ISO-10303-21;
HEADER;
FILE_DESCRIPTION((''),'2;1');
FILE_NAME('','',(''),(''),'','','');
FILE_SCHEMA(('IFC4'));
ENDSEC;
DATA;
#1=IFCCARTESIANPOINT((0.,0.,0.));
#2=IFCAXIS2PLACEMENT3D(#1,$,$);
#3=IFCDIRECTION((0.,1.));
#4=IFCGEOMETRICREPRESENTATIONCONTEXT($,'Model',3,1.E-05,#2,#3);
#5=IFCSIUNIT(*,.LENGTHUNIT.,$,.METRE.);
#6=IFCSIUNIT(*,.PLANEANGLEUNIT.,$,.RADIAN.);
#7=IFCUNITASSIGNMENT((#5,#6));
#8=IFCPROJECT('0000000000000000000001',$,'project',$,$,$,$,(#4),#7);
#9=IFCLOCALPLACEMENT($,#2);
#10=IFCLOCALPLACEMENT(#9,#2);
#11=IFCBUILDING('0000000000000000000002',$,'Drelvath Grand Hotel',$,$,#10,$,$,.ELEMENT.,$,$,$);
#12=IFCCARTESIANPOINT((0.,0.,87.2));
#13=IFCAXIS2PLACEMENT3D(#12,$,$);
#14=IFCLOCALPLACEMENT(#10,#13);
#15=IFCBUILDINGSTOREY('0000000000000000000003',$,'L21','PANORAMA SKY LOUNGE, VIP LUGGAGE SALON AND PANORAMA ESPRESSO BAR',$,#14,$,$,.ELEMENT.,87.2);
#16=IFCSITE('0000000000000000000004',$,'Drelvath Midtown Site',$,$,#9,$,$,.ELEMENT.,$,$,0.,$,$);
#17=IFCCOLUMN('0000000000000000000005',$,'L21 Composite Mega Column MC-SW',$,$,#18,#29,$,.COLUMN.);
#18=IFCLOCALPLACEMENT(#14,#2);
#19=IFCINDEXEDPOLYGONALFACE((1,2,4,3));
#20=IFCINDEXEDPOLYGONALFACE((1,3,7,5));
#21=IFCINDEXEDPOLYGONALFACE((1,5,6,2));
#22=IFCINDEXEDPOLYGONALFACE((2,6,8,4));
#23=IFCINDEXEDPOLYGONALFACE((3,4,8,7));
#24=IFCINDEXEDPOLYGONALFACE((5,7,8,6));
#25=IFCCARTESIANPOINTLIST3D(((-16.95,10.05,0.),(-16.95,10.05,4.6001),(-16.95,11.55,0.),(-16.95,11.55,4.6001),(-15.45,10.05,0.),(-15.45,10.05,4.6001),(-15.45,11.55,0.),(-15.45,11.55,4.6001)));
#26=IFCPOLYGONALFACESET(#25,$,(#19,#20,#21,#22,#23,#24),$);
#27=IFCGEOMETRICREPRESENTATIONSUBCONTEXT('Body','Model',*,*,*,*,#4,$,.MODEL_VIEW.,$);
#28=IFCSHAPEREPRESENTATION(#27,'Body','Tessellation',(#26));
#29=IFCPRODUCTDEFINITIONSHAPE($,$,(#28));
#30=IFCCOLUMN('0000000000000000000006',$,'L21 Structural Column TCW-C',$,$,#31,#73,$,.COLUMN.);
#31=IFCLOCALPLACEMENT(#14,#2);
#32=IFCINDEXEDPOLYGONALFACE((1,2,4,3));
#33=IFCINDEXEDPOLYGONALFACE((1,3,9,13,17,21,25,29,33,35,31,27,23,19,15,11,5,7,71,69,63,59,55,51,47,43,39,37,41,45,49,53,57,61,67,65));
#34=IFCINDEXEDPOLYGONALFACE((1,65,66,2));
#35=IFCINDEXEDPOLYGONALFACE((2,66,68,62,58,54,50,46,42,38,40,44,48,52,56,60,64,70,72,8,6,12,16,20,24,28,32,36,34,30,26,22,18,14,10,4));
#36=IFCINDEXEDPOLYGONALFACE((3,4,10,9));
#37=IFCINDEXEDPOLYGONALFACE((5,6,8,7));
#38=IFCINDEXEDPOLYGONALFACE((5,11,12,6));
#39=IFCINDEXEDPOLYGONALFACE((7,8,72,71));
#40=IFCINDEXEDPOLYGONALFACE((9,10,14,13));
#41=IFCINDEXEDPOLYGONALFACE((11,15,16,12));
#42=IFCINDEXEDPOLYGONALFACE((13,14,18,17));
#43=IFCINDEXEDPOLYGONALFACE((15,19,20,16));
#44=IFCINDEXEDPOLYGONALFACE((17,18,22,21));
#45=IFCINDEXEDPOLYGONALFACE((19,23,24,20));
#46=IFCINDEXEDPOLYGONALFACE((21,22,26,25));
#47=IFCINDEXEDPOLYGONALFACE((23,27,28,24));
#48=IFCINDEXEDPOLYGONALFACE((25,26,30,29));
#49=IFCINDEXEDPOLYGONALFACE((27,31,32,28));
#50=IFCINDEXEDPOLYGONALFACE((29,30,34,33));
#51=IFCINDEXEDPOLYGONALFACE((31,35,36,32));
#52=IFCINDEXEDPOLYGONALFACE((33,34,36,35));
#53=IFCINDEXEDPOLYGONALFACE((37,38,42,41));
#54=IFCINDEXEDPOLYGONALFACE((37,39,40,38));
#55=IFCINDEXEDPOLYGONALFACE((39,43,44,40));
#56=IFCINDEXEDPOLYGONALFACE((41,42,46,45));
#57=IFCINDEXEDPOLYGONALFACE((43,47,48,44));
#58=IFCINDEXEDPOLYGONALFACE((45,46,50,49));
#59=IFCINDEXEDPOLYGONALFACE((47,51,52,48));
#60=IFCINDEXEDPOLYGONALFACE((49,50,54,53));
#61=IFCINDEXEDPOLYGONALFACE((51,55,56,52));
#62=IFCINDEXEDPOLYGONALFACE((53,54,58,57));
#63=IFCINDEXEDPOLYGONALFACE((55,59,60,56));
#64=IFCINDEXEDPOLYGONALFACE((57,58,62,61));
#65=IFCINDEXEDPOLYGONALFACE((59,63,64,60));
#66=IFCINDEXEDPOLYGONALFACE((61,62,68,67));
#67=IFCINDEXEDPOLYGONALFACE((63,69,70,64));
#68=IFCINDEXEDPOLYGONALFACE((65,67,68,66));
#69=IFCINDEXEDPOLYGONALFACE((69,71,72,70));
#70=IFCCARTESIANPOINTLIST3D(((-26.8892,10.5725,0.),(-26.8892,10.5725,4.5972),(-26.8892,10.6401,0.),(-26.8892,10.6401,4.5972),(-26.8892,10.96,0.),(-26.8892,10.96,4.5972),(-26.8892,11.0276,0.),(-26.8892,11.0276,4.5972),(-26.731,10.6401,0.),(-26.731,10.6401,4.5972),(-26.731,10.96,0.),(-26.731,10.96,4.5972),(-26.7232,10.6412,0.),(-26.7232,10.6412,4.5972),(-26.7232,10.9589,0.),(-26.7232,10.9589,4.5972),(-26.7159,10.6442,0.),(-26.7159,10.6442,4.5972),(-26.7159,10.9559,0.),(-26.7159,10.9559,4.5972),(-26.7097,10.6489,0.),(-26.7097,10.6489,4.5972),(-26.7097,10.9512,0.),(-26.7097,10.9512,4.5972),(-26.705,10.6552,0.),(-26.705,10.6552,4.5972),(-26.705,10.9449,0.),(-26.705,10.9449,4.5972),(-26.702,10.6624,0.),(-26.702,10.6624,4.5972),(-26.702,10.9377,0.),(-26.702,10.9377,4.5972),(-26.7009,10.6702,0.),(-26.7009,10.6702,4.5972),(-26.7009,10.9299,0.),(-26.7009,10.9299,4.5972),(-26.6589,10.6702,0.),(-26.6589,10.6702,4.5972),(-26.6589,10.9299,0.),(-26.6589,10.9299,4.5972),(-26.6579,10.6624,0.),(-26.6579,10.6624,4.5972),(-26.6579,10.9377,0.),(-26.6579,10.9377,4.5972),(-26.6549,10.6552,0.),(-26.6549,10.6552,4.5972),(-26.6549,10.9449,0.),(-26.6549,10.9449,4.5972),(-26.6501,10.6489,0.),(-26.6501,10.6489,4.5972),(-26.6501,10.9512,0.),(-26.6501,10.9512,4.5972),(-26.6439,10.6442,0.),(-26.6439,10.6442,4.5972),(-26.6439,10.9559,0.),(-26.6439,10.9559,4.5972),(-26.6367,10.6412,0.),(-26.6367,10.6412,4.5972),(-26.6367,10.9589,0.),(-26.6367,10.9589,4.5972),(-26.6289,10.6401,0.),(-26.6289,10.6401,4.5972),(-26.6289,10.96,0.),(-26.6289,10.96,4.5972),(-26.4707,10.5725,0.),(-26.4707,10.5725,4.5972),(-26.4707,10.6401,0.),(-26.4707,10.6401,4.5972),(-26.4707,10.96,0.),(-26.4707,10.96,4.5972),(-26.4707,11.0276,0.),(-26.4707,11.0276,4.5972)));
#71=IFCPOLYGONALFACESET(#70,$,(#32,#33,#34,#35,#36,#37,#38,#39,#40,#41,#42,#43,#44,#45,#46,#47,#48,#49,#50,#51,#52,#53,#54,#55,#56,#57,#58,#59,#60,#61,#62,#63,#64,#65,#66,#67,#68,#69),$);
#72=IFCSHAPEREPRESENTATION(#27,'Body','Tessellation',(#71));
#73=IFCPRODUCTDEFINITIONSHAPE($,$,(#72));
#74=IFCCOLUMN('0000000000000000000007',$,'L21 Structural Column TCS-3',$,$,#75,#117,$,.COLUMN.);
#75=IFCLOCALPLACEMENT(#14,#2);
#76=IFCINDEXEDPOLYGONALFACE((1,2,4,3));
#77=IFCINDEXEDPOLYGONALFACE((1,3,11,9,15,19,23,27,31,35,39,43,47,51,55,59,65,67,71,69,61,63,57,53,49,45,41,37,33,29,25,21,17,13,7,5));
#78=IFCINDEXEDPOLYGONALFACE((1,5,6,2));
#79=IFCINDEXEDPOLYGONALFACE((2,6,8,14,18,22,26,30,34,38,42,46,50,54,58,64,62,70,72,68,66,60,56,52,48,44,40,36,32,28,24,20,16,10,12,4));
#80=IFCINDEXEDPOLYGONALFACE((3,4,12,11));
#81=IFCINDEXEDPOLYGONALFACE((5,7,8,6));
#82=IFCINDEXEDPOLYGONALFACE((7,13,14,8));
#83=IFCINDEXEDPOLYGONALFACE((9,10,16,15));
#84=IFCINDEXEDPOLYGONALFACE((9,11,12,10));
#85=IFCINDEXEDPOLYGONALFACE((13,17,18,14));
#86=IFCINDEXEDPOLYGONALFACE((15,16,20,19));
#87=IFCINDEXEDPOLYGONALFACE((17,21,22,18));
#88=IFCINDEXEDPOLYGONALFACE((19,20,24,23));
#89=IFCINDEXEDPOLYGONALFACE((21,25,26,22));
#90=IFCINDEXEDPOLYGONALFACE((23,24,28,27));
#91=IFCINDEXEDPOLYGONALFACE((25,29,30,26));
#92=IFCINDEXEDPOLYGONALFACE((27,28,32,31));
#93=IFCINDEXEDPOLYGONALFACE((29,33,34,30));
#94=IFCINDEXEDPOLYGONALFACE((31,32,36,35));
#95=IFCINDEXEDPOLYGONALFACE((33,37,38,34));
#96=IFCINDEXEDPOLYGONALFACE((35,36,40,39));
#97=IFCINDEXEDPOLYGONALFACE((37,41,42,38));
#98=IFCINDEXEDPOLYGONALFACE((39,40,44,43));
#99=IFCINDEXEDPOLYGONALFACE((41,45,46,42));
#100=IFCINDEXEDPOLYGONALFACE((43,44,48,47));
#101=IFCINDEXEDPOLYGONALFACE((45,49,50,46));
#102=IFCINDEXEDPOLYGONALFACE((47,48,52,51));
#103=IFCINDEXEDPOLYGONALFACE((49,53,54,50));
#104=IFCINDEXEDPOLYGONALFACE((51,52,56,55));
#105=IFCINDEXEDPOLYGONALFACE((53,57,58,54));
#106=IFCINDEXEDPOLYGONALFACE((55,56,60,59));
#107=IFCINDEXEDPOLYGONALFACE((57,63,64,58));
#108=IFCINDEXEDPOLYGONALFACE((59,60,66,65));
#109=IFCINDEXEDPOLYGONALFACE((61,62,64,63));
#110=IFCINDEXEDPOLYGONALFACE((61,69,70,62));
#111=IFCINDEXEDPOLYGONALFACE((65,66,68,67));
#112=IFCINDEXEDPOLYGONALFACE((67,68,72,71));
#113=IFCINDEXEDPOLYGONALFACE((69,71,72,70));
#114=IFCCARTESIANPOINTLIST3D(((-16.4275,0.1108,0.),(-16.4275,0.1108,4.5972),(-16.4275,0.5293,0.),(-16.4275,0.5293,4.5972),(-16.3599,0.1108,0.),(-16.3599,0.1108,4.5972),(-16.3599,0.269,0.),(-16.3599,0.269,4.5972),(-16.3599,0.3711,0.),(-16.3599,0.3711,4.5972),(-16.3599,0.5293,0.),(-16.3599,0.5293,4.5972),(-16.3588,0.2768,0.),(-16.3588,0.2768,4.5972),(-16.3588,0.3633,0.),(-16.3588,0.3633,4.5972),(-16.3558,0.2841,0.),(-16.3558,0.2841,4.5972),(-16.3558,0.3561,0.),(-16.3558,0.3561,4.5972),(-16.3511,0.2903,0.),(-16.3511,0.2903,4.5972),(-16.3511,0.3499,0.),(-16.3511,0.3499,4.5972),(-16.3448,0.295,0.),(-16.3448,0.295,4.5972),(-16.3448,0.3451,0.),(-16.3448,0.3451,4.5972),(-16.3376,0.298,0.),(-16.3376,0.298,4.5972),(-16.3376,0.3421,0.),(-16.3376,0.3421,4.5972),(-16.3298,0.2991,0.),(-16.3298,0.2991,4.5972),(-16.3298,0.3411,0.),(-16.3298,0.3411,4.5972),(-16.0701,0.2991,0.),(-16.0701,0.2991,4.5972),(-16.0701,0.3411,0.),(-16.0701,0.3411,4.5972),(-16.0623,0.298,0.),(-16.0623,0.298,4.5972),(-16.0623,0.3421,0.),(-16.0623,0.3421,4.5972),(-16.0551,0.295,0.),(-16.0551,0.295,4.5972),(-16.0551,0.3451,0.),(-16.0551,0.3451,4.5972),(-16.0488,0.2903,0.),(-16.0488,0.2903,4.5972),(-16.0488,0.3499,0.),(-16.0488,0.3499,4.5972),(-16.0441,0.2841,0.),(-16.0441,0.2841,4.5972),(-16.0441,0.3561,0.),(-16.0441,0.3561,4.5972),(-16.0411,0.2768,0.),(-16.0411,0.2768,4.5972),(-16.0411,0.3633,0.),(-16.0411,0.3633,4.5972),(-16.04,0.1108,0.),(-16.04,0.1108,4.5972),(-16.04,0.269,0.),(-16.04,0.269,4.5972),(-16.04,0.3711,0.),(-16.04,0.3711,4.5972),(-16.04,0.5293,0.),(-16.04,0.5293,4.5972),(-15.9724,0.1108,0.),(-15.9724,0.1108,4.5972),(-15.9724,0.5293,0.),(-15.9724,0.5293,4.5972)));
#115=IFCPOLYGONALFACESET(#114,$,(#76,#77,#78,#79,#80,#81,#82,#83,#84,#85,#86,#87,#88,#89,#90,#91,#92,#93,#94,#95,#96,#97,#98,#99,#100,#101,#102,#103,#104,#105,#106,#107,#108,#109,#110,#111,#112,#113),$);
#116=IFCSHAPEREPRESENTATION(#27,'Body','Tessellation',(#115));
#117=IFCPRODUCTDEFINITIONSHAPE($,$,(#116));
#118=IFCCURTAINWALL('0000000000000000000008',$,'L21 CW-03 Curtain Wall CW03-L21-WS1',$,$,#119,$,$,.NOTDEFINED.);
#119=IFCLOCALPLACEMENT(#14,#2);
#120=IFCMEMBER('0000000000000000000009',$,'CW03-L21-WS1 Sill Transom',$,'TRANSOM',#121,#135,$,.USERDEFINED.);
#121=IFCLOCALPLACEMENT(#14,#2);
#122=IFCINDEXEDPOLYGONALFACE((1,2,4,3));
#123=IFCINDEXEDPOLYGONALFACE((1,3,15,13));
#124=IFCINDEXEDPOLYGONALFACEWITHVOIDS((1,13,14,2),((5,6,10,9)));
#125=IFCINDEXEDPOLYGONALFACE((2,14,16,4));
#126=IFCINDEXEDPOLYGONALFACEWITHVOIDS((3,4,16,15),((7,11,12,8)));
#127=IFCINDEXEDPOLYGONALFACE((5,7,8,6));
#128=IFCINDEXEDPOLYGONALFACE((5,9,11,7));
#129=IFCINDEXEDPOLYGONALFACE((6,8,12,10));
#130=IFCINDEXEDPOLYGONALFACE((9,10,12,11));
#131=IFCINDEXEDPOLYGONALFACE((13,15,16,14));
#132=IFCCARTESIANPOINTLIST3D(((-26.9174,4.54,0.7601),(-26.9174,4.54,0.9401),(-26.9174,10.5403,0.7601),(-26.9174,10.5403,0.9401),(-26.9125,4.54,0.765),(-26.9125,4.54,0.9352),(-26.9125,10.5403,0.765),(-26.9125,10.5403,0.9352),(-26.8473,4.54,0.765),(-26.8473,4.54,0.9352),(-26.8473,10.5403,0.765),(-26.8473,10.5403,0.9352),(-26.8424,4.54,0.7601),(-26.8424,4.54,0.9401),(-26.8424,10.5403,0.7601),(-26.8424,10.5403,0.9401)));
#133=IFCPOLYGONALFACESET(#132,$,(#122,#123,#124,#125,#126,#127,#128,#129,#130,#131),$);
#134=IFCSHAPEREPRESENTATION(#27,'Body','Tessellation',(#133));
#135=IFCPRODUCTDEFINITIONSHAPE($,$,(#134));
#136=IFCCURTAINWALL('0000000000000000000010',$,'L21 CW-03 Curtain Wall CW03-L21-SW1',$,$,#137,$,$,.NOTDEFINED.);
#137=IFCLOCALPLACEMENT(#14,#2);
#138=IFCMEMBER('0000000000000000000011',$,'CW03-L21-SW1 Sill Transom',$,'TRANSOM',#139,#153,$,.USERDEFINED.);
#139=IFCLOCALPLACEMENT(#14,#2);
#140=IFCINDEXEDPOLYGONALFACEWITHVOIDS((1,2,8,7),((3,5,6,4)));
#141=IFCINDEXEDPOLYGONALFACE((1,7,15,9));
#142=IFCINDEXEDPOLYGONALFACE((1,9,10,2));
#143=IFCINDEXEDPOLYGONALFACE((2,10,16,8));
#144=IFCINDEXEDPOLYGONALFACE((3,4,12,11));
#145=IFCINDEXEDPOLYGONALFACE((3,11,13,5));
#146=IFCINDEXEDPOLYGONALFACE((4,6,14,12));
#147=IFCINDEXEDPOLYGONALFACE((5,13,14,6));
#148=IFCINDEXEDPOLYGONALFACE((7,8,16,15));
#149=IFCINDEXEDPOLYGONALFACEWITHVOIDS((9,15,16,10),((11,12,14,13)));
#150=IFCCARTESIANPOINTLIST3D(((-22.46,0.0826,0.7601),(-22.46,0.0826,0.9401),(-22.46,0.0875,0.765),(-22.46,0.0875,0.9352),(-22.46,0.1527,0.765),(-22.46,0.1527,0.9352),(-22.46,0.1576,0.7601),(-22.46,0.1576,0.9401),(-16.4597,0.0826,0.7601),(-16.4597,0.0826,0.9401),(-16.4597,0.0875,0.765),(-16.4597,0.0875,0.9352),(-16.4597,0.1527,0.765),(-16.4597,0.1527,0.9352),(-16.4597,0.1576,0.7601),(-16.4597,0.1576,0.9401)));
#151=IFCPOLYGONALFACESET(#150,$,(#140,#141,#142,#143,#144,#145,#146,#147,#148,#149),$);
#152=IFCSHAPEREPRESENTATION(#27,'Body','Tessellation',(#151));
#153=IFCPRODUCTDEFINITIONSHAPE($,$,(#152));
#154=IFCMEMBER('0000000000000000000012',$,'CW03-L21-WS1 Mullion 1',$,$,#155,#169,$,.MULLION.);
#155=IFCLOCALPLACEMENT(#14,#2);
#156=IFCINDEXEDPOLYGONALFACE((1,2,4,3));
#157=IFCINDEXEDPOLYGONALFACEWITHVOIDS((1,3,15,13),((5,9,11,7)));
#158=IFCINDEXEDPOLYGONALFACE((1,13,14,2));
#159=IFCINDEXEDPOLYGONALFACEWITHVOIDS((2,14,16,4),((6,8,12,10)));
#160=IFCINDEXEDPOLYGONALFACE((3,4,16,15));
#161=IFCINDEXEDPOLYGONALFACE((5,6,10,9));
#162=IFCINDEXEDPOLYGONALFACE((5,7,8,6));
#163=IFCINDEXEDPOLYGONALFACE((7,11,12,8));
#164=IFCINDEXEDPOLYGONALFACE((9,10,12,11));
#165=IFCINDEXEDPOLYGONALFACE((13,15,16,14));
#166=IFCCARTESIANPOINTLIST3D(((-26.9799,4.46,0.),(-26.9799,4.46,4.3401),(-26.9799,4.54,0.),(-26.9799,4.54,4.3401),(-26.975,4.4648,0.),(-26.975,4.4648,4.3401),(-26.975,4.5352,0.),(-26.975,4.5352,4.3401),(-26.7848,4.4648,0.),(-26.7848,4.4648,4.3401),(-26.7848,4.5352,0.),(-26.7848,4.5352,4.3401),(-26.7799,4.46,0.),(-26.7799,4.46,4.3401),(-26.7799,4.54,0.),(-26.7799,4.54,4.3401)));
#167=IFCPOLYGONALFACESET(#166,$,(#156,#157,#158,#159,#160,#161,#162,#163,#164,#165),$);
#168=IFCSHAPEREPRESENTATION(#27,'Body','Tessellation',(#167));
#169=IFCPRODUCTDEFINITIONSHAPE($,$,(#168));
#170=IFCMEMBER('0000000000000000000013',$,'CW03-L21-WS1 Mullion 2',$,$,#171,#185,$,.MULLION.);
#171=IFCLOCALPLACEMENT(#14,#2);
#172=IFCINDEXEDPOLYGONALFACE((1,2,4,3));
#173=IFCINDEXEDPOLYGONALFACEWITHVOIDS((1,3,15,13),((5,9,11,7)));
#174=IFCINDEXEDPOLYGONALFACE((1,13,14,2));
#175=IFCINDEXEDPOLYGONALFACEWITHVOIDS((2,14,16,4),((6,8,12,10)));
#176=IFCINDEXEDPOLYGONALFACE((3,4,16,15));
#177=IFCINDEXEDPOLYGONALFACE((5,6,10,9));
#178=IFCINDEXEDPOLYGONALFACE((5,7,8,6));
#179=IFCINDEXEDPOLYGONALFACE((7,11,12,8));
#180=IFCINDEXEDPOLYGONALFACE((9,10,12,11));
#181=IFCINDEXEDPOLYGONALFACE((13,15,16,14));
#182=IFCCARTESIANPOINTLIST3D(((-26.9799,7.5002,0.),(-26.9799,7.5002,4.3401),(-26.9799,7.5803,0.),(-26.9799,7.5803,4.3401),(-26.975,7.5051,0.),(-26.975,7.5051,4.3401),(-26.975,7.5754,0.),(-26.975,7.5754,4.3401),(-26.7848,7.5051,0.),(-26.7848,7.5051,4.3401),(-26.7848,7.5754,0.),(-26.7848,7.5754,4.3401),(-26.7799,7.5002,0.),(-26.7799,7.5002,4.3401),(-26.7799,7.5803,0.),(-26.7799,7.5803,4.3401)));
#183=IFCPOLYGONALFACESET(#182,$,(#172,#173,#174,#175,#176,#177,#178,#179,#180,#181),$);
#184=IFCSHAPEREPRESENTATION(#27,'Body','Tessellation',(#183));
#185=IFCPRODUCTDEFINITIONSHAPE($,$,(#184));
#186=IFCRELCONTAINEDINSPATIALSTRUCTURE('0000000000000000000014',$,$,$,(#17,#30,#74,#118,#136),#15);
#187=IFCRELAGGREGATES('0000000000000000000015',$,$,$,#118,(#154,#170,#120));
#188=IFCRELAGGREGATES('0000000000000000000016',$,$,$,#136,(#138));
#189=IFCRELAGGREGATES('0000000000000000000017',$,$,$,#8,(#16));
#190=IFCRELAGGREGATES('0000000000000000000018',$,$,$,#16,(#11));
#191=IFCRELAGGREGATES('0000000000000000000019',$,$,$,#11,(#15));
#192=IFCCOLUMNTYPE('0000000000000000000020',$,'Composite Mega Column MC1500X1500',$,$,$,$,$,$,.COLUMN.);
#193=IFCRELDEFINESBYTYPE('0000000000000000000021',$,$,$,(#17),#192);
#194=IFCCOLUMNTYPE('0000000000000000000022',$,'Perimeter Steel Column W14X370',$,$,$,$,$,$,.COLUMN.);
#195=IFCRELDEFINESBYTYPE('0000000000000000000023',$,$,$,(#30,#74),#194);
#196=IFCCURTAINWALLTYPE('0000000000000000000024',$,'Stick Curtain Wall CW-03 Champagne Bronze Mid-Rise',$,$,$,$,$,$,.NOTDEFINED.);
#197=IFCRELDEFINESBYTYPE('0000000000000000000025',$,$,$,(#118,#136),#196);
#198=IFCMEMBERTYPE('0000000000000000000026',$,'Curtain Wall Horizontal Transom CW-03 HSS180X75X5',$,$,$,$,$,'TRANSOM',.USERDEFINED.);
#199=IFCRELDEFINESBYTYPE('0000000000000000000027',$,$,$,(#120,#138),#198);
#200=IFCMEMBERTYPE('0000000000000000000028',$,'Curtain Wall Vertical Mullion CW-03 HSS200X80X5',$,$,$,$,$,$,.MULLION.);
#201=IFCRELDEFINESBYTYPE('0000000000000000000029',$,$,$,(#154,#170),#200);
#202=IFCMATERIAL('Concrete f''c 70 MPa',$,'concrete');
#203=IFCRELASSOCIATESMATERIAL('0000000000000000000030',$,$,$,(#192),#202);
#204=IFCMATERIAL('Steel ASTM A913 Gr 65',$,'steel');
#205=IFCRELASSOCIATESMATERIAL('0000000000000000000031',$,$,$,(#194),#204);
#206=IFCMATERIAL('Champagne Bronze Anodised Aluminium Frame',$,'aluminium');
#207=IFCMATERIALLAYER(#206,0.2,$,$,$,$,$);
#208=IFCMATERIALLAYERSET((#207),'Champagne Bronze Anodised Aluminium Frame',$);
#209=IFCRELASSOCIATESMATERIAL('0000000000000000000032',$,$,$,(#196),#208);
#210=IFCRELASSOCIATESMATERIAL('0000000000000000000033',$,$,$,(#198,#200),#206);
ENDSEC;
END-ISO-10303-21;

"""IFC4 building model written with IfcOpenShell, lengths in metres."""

from ifc_helpers import new_model, si_unit, direction, frame, origin, origin_2d, place, context, subcontext, project, spatial, rectangle, hollow_rectangle, i_section, extrude, material, layer, layer_set, material_profile, profile_set, type_object, element, aggregate, save


model = new_model("IFC4")

# Units and contexts
model_context = context("Model", 3, precision=1e-05, world=origin(), true_north=direction((0.0, 1.0)))
body_context = subcontext(model_context, "Body", "Model", "MODEL_VIEW")
ifc_project = project(units=[si_unit("LENGTHUNIT", "METRE"), si_unit("PLANEANGLEUNIT", "RADIAN")], contexts=[model_context])

# Site, building, storey
site_placement = place(None, origin())
site = spatial("IfcSite", under=ifc_project, at=site_placement, Name="Drelvath Midtown Site", CompositionType="ELEMENT", RefElevation=0.0)
building_placement = place(site_placement, origin())
building = spatial("IfcBuilding", under=site, at=building_placement, Name="Drelvath Grand Hotel", CompositionType="ELEMENT")
storey_placement = place(building_placement, frame((0.0, 0.0, 87.2)))
storey = spatial("IfcBuildingStorey", under=building, at=storey_placement, Name="L21", Description="PANORAMA SKY LOUNGE, VIP LUGGAGE SALON AND PANORAMA ESPRESSO BAR", CompositionType="ELEMENT", Elevation=87.2)

# Columns
ifc_material_1 = material(Name="Concrete f'c 70 MPa", Category="concrete")
ifc_material_profile_1 = material_profile(ifc_material_1, rectangle(XDim=1.5, YDim=1.5, at=origin_2d()), Name="MC1500X1500")
ifc_profile_set_1 = profile_set([ifc_material_profile_1], Name="Concrete f'c 70 MPa")
column_type_1 = type_object("IfcColumnType", Name="Composite Mega Column MC1500X1500", PredefinedType="COLUMN", material=ifc_profile_set_1)
column_placement = place(storey_placement, frame((-16.2, 10.8, 0.0), z_axis=(0.0, 0.0, 1.0), x_axis=(1.0, 0.0, 0.0)))
element("IfcColumn", 1, at=column_placement, inside=storey, type_object=column_type_1, Name="L21 Composite Mega Column MC-SW", PredefinedType="COLUMN", context=body_context, shape_type="SweptSolid", body=[
    extrude(rectangle(XDim=1.5, YDim=1.5, at=origin_2d()), origin(), (0.0, 0.0, 1.0), 4.6001),
])
ifc_material_2 = material(Name="Steel ASTM A913 Gr 65", Category="steel")
ifc_material_profile_2 = material_profile(ifc_material_2, i_section(OverallWidth=0.4185, OverallDepth=0.4551, WebThickness=0.042, FlangeThickness=0.0676, FilletRadius=0.03, at=origin_2d()), Name="W14X370")
ifc_profile_set_2 = profile_set([ifc_material_profile_2], Name="Steel ASTM A913 Gr 65")
column_type_2 = type_object("IfcColumnType", Name="Perimeter Steel Column W14X370", PredefinedType="COLUMN", material=ifc_profile_set_2)
for number, where, z_axis, x_axis, name in (
    (2, (-26.6799, 10.8, 0.0), (0.0, 0.0, 1.0), (1.0, 0.0, 0.0), "L21 Structural Column TCW-C"),
    (3, (-16.2, 0.3201, 0.0), (0.0, 0.0, 1.0), (0.0, 1.0, 0.0), "L21 Structural Column TCS-3"),
):
    element("IfcColumn", number, at=place(storey_placement, frame(where, z_axis=z_axis, x_axis=x_axis)), inside=storey, type_object=column_type_2, Name=name, PredefinedType="COLUMN", context=body_context, shape_type="SweptSolid", body=[
        extrude(i_section(OverallWidth=0.4185, OverallDepth=0.4551, WebThickness=0.042, FlangeThickness=0.0676, FilletRadius=0.03, at=origin_2d()), origin(), (0.0, 0.0, 1.0), 4.5972),
    ])

# Curtain walls, members
ifc_material_3 = material(Name="Champagne Bronze Anodised Aluminium Frame", Category="aluminium")
ifc_layer_1 = layer(ifc_material_3, 0.2)
ifc_layer_set_1 = layer_set([ifc_layer_1], Name="Champagne Bronze Anodised Aluminium Frame")
curtain_wall_type = type_object("IfcCurtainWallType", Name="Stick Curtain Wall CW-03 Champagne Bronze Mid-Rise", PredefinedType="NOTDEFINED", material=ifc_layer_set_1)
curtain_wall_1_placement = place(storey_placement, origin())
curtain_wall_1 = element("IfcCurtainWall", 4, at=curtain_wall_1_placement, inside=storey, type_object=curtain_wall_type, Name="L21 CW-03 Curtain Wall CW03-L21-WS1", PredefinedType="NOTDEFINED")
ifc_material_profile_3 = material_profile(ifc_material_3, hollow_rectangle(XDim=0.075, YDim=0.1799, WallThickness=0.0049, at=origin_2d()), Name="HSS180X75X5")
ifc_profile_set_3 = profile_set([ifc_material_profile_3], Name="Champagne Bronze Anodised Aluminium Frame")
member_type_1 = type_object("IfcMemberType", Name="Curtain Wall Horizontal Transom CW-03 HSS180X75X5", ElementType="TRANSOM", PredefinedType="USERDEFINED", material=ifc_profile_set_3)
member_1_placement = place(storey_placement, frame((-26.8799, 4.54, 0.8501), z_axis=(0.0, 1.0, 0.0), x_axis=(-1.0, 0.0, 0.0)))
member_1 = element("IfcMember", 5, at=member_1_placement, type_object=member_type_1, Name="CW03-L21-WS1 Sill Transom", ObjectType="TRANSOM", PredefinedType="USERDEFINED", context=body_context, shape_type="SweptSolid", body=[
    extrude(hollow_rectangle(XDim=0.075, YDim=0.1799, WallThickness=0.0049, at=origin_2d()), origin(), (0.0, 0.0, 1.0), 6.0002),
])
curtain_wall_2_placement = place(storey_placement, origin())
curtain_wall_2 = element("IfcCurtainWall", 6, at=curtain_wall_2_placement, inside=storey, type_object=curtain_wall_type, Name="L21 CW-03 Curtain Wall CW03-L21-SW1", PredefinedType="NOTDEFINED")
member_2_placement = place(storey_placement, frame((-16.4597, 0.1201, 0.8501), z_axis=(-1.0, 0.0, 0.0), x_axis=(0.0, -1.0, 0.0)))
member_2 = element("IfcMember", 7, at=member_2_placement, type_object=member_type_1, Name="CW03-L21-SW1 Sill Transom", ObjectType="TRANSOM", PredefinedType="USERDEFINED", context=body_context, shape_type="SweptSolid", body=[
    extrude(hollow_rectangle(XDim=0.075, YDim=0.1799, WallThickness=0.0049, at=origin_2d()), origin(), (0.0, 0.0, 1.0), 6.0002),
])

# Members
ifc_material_profile_4 = material_profile(ifc_material_3, hollow_rectangle(XDim=0.0801, YDim=0.2, WallThickness=0.0049, at=origin_2d()), Name="HSS200X80X5")
ifc_profile_set_4 = profile_set([ifc_material_profile_4], Name="Champagne Bronze Anodised Aluminium Frame")
member_type_2 = type_object("IfcMemberType", Name="Curtain Wall Vertical Mullion CW-03 HSS200X80X5", PredefinedType="MULLION", material=ifc_profile_set_4)
member_3_placement = place(storey_placement, frame((-26.8799, 4.5, 0.0), z_axis=(0.0, 0.0, 1.0), x_axis=(0.0, 1.0, 0.0)))
member_3 = element("IfcMember", 8, at=member_3_placement, type_object=member_type_2, Name="CW03-L21-WS1 Mullion 1", PredefinedType="MULLION", context=body_context, shape_type="SweptSolid", body=[
    extrude(hollow_rectangle(XDim=0.0801, YDim=0.2, WallThickness=0.0049, at=origin_2d()), origin(), (0.0, 0.0, 1.0), 4.3401),
])
member_4_placement = place(storey_placement, frame((-26.8799, 7.5403, 0.0), z_axis=(0.0, 0.0, 1.0), x_axis=(0.0, 1.0, 0.0)))
member_4 = element("IfcMember", 9, at=member_4_placement, type_object=member_type_2, Name="CW03-L21-WS1 Mullion 2", PredefinedType="MULLION", context=body_context, shape_type="SweptSolid", body=[
    extrude(hollow_rectangle(XDim=0.0801, YDim=0.2, WallThickness=0.0049, at=origin_2d()), origin(), (0.0, 0.0, 1.0), 4.3401),
])

aggregate(curtain_wall_1, [member_3, member_4, member_1])
aggregate(curtain_wall_2, [member_2])

save(model, "model.ifc")
